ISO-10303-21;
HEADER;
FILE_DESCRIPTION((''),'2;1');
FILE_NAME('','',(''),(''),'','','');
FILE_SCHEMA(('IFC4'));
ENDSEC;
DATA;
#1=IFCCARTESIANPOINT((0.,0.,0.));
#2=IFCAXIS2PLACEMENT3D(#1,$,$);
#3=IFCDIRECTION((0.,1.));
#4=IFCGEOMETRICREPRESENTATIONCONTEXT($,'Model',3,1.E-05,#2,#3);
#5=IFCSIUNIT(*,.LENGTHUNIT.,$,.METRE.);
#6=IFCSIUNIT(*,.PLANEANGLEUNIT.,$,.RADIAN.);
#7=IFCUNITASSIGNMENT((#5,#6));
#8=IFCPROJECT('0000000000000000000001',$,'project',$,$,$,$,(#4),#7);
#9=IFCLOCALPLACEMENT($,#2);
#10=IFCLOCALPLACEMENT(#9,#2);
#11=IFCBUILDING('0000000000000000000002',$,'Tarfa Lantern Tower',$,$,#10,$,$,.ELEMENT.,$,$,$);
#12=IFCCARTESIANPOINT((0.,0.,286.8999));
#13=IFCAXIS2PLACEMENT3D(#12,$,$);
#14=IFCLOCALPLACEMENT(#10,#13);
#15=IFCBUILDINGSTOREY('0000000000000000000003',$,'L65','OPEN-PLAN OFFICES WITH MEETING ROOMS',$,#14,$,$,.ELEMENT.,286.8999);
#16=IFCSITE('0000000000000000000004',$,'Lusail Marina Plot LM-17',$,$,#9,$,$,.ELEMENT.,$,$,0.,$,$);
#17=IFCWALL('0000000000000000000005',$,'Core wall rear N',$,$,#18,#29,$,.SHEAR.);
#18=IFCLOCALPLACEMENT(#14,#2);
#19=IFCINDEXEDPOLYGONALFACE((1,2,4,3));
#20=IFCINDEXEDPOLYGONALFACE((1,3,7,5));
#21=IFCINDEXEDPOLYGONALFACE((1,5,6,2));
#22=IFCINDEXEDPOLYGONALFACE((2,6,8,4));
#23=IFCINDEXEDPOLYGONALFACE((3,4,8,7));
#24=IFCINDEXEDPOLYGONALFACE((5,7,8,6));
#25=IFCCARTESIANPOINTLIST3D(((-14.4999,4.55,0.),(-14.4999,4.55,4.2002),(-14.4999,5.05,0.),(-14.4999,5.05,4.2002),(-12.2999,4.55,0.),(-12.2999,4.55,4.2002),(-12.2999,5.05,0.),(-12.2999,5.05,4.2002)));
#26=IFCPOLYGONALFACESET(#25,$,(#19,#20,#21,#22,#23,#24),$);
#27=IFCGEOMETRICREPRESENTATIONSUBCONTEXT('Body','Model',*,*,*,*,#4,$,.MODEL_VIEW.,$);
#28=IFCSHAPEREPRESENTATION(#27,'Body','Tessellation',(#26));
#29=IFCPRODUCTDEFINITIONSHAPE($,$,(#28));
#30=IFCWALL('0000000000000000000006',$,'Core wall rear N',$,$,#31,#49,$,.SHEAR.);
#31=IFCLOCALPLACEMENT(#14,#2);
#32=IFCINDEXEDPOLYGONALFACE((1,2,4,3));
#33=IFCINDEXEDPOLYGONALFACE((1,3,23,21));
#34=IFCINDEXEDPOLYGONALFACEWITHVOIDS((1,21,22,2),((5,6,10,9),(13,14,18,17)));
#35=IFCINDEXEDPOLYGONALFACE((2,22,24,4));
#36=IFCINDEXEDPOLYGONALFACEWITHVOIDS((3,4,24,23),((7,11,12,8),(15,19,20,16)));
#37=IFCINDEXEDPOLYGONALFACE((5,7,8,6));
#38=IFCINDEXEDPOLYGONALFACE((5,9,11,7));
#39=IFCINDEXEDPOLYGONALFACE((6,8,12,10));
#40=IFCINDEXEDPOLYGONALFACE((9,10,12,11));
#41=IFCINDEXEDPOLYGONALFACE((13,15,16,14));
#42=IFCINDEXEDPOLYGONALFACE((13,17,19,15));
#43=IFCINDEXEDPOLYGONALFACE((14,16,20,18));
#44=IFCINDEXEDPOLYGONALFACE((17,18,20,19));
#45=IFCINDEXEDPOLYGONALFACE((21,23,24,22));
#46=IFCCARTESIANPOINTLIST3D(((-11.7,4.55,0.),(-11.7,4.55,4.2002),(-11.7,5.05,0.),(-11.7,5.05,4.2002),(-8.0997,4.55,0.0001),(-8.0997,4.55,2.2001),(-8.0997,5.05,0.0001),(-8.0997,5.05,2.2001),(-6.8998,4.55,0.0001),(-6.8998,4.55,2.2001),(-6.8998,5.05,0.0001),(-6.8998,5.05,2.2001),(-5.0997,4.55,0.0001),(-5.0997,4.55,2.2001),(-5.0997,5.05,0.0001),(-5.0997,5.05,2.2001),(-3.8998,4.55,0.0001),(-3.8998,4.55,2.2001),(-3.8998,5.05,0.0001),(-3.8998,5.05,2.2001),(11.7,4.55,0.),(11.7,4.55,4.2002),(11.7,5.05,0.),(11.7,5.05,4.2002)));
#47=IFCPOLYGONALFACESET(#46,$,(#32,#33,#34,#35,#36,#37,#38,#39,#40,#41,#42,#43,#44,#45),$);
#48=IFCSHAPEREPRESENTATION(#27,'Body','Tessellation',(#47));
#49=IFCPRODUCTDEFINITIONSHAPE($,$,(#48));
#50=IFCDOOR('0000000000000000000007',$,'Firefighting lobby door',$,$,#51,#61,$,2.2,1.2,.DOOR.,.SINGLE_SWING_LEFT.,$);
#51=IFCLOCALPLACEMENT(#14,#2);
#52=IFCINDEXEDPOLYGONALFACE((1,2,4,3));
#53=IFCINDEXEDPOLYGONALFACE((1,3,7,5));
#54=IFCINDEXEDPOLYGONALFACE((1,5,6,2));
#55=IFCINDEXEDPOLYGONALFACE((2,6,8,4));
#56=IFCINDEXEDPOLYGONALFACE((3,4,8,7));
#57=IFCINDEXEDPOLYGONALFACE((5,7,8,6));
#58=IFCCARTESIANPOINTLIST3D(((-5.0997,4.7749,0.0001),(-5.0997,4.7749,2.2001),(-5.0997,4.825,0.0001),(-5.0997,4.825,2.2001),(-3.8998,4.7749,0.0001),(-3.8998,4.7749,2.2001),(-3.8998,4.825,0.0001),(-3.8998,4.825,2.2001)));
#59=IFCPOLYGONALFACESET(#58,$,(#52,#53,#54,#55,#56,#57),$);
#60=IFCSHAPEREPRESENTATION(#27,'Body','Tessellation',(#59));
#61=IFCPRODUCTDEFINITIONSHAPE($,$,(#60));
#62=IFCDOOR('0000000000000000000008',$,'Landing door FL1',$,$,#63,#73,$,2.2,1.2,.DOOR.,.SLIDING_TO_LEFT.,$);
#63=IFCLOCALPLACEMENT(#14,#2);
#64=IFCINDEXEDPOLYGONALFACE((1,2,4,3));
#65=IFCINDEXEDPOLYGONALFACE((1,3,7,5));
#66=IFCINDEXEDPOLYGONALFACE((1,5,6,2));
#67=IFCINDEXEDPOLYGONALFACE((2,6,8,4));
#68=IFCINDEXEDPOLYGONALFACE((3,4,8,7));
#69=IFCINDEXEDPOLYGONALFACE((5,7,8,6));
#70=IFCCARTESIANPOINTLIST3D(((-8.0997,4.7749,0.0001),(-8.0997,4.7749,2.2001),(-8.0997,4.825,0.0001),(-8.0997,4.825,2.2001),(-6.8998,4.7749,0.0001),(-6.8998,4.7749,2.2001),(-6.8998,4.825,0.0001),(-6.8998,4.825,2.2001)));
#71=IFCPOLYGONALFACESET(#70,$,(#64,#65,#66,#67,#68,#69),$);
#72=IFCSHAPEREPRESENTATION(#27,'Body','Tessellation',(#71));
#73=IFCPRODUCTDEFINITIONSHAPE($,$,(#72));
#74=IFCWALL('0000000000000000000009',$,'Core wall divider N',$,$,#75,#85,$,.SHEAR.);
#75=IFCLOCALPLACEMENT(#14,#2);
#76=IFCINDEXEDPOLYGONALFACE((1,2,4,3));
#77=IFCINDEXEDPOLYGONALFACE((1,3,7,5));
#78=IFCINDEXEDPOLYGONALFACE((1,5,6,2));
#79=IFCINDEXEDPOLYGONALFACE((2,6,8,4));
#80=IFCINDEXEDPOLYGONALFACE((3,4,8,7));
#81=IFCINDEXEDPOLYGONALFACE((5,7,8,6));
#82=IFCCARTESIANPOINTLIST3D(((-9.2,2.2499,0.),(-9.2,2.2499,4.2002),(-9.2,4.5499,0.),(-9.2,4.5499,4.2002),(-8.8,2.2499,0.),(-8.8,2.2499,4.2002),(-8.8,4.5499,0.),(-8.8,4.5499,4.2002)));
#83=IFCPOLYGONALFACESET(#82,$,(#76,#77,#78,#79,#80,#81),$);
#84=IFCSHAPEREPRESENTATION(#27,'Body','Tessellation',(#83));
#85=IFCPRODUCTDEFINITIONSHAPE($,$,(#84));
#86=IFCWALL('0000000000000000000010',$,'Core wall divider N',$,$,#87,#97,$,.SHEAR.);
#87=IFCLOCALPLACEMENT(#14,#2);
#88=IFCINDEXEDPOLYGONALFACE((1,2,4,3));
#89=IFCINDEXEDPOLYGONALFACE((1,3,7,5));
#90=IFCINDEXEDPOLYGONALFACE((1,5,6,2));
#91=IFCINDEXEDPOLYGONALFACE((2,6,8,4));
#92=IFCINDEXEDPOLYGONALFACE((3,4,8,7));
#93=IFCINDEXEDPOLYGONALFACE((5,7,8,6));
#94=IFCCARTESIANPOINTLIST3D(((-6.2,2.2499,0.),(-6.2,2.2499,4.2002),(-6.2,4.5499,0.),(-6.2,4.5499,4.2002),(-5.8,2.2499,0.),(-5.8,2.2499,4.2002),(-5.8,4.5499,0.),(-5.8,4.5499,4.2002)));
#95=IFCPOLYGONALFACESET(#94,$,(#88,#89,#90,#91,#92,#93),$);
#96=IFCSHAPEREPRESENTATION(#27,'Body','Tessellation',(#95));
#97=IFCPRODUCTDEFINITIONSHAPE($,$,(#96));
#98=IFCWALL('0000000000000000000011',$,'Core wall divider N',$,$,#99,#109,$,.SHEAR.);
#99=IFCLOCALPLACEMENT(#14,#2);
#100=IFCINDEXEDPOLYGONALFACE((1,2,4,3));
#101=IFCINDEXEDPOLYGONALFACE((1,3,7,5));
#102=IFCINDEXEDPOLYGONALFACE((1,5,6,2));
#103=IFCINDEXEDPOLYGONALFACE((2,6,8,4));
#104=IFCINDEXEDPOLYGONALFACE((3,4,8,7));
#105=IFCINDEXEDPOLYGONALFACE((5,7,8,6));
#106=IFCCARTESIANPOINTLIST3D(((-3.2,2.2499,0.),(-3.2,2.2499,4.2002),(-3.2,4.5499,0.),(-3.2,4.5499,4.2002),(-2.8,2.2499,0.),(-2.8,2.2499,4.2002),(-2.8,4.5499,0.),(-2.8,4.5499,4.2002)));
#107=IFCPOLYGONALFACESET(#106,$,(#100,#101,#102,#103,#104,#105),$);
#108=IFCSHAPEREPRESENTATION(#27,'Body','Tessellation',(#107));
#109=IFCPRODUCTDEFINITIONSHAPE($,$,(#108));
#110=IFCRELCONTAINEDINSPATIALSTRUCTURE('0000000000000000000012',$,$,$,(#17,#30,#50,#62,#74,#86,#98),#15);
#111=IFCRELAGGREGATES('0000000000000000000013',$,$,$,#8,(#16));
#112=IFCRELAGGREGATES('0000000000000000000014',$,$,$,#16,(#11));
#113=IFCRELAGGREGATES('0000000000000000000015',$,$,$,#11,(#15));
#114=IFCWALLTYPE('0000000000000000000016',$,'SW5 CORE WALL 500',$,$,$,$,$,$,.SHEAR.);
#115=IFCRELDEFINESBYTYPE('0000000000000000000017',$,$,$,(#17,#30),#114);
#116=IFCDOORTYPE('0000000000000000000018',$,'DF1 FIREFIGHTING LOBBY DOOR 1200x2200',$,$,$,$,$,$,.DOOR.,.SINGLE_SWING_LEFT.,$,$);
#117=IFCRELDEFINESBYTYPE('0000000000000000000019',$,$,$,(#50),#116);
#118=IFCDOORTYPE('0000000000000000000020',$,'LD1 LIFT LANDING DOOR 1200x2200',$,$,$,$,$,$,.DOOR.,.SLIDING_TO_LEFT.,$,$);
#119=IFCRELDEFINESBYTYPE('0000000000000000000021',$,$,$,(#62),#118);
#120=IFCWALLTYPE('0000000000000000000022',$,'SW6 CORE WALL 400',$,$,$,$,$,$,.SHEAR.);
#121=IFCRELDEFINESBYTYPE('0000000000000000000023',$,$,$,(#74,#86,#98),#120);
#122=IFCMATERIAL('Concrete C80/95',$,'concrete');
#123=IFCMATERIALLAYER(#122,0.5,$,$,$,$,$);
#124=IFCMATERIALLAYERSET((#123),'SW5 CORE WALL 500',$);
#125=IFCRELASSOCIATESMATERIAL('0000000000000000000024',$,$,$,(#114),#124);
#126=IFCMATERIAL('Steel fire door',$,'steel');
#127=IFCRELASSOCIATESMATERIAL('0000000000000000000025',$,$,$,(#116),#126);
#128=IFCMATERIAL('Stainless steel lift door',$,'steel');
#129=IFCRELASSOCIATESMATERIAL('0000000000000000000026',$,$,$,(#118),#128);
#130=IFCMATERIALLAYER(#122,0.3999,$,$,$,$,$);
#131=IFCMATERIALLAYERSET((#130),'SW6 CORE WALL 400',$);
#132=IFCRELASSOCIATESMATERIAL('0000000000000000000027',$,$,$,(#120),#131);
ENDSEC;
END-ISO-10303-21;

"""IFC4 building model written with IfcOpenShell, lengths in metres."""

from ifc_helpers import new_model, si_unit, direction, frame, frame_2d, origin, place, context, subcontext, project, spatial, rectangle, extrude, material, layer, layer_set, type_object, element, fill, save


model = new_model("IFC4")

# Units and contexts
model_context = context("Model", 3, precision=1e-05, world=origin(), true_north=direction((0.0, 1.0)))
body_context = subcontext(model_context, "Body", "Model", "MODEL_VIEW")
ifc_project = project(units=[si_unit("LENGTHUNIT", "METRE"), si_unit("PLANEANGLEUNIT", "RADIAN")], contexts=[model_context])

# Site, building, storey
site_placement = place(None, origin())
site = spatial("IfcSite", under=ifc_project, at=site_placement, Name="Lusail Marina Plot LM-17", CompositionType="ELEMENT", RefElevation=0.0)
building_placement = place(site_placement, origin())
building = spatial("IfcBuilding", under=site, at=building_placement, Name="Tarfa Lantern Tower", CompositionType="ELEMENT")
storey_placement = place(building_placement, frame((0.0, 0.0, 286.8999)))
storey = spatial("IfcBuildingStorey", under=building, at=storey_placement, Name="L65", Description="OPEN-PLAN OFFICES WITH MEETING ROOMS", CompositionType="ELEMENT", Elevation=286.8999)

# Shared definitions
ifc_material_1 = material(Name="Concrete C80/95", Category="concrete")

# Shared definitions
ifc_layer_1 = layer(ifc_material_1, 0.5)
ifc_layer_set_1 = layer_set([ifc_layer_1], Name="SW5 CORE WALL 500")
wall_type_1 = type_object("IfcWallType", Name="SW5 CORE WALL 500", PredefinedType="SHEAR", material=ifc_layer_set_1)
ifc_material_2 = material(Name="Steel fire door", Category="steel")

# Shared definitions
ifc_material_3 = material(Name="Stainless steel lift door", Category="steel")

# Wall
wall_1_placement = place(storey_placement, frame((-14.5, 4.8, 0.0), z_axis=(0.0, 0.0, 1.0), x_axis=(1.0, 0.0, 0.0)))
element("IfcWall", 1, at=wall_1_placement, inside=storey, type_object=wall_type_1, Name="Core wall rear N", PredefinedType="SHEAR", context=body_context, shape_type="SweptSolid", body=[
    extrude(rectangle(XDim=2.2, YDim=0.5, at=frame_2d((1.1001, 0.0))), origin(), (0.0, 0.0, 1.0), 4.2002),
])

# Wall, openings, doors
wall_2_placement = place(storey_placement, frame((-11.7, 4.8, 0.0), z_axis=(0.0, 0.0, 1.0), x_axis=(1.0, 0.0, 0.0)))
wall_2 = element("IfcWall", 2, at=wall_2_placement, inside=storey, type_object=wall_type_1, Name="Core wall rear N", PredefinedType="SHEAR", context=body_context, shape_type="SweptSolid", body=[
    extrude(rectangle(XDim=23.3999, YDim=0.5, at=frame_2d((11.7, 0.0))), origin(), (0.0, 0.0, 1.0), 4.2002),
])
opening_1_placement = place(wall_2_placement, frame((6.6001, 0.0, 0.0)))
opening_1 = element("IfcOpeningElement", 3, at=opening_1_placement, cuts=wall_2, PredefinedType="OPENING", context=body_context, shape_type="SweptSolid", body=[
    extrude(rectangle(XDim=1.2, YDim=2.2, at=frame_2d((0.6001, 1.1001))), frame((0.0, 0.26, 0.0), z_axis=(0.0, -1.0, 0.0), x_axis=(1.0, 0.0, 0.0)), (0.0, 0.0, 1.0), 0.52),
])
opening_2_placement = place(wall_2_placement, frame((3.6001, 0.0, 0.0)))
opening_2 = element("IfcOpeningElement", 4, at=opening_2_placement, cuts=wall_2, PredefinedType="OPENING", context=body_context, shape_type="SweptSolid", body=[
    extrude(rectangle(XDim=1.2, YDim=2.2, at=frame_2d((0.6001, 1.1001))), frame((0.0, 0.26, 0.0), z_axis=(0.0, -1.0, 0.0), x_axis=(1.0, 0.0, 0.0)), (0.0, 0.0, 1.0), 0.52),
])
door_type_1 = type_object("IfcDoorType", Name="DF1 FIREFIGHTING LOBBY DOOR 1200x2200", OperationType="SINGLE_SWING_LEFT", PredefinedType="DOOR", material=ifc_material_2)
door_1_placement = place(opening_1_placement, origin())
door_1 = element("IfcDoor", 5, at=door_1_placement, inside=storey, type_object=door_type_1, Name="Firefighting lobby door", OperationType="SINGLE_SWING_LEFT", OverallHeight=2.2, OverallWidth=1.2, PredefinedType="DOOR", context=body_context, shape_type="SweptSolid", body=[
    extrude(rectangle(XDim=1.2, YDim=2.2, at=frame_2d((0.6001, 1.1001))), frame((0.0, 0.0249, 0.0), z_axis=(0.0, -1.0, 0.0), x_axis=(1.0, 0.0, 0.0)), (0.0, 0.0, 1.0), 0.05),
])
fill(opening_1, door_1)
door_type_2 = type_object("IfcDoorType", Name="LD1 LIFT LANDING DOOR 1200x2200", OperationType="SLIDING_TO_LEFT", PredefinedType="DOOR", material=ifc_material_3)
door_2_placement = place(opening_2_placement, origin())
door_2 = element("IfcDoor", 6, at=door_2_placement, inside=storey, type_object=door_type_2, Name="Landing door FL1", OperationType="SLIDING_TO_LEFT", OverallHeight=2.2, OverallWidth=1.2, PredefinedType="DOOR", context=body_context, shape_type="SweptSolid", body=[
    extrude(rectangle(XDim=1.2, YDim=2.2, at=frame_2d((0.6001, 1.1001))), frame((0.0, 0.0249, 0.0), z_axis=(0.0, -1.0, 0.0), x_axis=(1.0, 0.0, 0.0)), (0.0, 0.0, 1.0), 0.05),
])
fill(opening_2, door_2)

# Walls
ifc_layer_2 = layer(ifc_material_1, 0.3999)
ifc_layer_set_2 = layer_set([ifc_layer_2], Name="SW6 CORE WALL 400")
wall_type_2 = type_object("IfcWallType", Name="SW6 CORE WALL 400", PredefinedType="SHEAR", material=ifc_layer_set_2)
for number, where, z_axis, x_axis, name in (
    (7, (-9.0, 2.25, 0.0), (0.0, 0.0, 1.0), (0.0, 1.0, 0.0), "Core wall divider N"),
    (8, (-6.0, 2.25, 0.0), (0.0, 0.0, 1.0), (0.0, 1.0, 0.0), "Core wall divider N"),
    (9, (-3.0, 2.25, 0.0), (0.0, 0.0, 1.0), (0.0, 1.0, 0.0), "Core wall divider N"),
):
    element("IfcWall", number, at=place(storey_placement, frame(where, z_axis=z_axis, x_axis=x_axis)), inside=storey, type_object=wall_type_2, Name=name, PredefinedType="SHEAR", context=body_context, shape_type="SweptSolid", body=[
        extrude(rectangle(XDim=2.3, YDim=0.3999, at=frame_2d((1.1499, 0.0))), origin(), (0.0, 0.0, 1.0), 4.2002),
    ])

save(model, "model.ifc")
